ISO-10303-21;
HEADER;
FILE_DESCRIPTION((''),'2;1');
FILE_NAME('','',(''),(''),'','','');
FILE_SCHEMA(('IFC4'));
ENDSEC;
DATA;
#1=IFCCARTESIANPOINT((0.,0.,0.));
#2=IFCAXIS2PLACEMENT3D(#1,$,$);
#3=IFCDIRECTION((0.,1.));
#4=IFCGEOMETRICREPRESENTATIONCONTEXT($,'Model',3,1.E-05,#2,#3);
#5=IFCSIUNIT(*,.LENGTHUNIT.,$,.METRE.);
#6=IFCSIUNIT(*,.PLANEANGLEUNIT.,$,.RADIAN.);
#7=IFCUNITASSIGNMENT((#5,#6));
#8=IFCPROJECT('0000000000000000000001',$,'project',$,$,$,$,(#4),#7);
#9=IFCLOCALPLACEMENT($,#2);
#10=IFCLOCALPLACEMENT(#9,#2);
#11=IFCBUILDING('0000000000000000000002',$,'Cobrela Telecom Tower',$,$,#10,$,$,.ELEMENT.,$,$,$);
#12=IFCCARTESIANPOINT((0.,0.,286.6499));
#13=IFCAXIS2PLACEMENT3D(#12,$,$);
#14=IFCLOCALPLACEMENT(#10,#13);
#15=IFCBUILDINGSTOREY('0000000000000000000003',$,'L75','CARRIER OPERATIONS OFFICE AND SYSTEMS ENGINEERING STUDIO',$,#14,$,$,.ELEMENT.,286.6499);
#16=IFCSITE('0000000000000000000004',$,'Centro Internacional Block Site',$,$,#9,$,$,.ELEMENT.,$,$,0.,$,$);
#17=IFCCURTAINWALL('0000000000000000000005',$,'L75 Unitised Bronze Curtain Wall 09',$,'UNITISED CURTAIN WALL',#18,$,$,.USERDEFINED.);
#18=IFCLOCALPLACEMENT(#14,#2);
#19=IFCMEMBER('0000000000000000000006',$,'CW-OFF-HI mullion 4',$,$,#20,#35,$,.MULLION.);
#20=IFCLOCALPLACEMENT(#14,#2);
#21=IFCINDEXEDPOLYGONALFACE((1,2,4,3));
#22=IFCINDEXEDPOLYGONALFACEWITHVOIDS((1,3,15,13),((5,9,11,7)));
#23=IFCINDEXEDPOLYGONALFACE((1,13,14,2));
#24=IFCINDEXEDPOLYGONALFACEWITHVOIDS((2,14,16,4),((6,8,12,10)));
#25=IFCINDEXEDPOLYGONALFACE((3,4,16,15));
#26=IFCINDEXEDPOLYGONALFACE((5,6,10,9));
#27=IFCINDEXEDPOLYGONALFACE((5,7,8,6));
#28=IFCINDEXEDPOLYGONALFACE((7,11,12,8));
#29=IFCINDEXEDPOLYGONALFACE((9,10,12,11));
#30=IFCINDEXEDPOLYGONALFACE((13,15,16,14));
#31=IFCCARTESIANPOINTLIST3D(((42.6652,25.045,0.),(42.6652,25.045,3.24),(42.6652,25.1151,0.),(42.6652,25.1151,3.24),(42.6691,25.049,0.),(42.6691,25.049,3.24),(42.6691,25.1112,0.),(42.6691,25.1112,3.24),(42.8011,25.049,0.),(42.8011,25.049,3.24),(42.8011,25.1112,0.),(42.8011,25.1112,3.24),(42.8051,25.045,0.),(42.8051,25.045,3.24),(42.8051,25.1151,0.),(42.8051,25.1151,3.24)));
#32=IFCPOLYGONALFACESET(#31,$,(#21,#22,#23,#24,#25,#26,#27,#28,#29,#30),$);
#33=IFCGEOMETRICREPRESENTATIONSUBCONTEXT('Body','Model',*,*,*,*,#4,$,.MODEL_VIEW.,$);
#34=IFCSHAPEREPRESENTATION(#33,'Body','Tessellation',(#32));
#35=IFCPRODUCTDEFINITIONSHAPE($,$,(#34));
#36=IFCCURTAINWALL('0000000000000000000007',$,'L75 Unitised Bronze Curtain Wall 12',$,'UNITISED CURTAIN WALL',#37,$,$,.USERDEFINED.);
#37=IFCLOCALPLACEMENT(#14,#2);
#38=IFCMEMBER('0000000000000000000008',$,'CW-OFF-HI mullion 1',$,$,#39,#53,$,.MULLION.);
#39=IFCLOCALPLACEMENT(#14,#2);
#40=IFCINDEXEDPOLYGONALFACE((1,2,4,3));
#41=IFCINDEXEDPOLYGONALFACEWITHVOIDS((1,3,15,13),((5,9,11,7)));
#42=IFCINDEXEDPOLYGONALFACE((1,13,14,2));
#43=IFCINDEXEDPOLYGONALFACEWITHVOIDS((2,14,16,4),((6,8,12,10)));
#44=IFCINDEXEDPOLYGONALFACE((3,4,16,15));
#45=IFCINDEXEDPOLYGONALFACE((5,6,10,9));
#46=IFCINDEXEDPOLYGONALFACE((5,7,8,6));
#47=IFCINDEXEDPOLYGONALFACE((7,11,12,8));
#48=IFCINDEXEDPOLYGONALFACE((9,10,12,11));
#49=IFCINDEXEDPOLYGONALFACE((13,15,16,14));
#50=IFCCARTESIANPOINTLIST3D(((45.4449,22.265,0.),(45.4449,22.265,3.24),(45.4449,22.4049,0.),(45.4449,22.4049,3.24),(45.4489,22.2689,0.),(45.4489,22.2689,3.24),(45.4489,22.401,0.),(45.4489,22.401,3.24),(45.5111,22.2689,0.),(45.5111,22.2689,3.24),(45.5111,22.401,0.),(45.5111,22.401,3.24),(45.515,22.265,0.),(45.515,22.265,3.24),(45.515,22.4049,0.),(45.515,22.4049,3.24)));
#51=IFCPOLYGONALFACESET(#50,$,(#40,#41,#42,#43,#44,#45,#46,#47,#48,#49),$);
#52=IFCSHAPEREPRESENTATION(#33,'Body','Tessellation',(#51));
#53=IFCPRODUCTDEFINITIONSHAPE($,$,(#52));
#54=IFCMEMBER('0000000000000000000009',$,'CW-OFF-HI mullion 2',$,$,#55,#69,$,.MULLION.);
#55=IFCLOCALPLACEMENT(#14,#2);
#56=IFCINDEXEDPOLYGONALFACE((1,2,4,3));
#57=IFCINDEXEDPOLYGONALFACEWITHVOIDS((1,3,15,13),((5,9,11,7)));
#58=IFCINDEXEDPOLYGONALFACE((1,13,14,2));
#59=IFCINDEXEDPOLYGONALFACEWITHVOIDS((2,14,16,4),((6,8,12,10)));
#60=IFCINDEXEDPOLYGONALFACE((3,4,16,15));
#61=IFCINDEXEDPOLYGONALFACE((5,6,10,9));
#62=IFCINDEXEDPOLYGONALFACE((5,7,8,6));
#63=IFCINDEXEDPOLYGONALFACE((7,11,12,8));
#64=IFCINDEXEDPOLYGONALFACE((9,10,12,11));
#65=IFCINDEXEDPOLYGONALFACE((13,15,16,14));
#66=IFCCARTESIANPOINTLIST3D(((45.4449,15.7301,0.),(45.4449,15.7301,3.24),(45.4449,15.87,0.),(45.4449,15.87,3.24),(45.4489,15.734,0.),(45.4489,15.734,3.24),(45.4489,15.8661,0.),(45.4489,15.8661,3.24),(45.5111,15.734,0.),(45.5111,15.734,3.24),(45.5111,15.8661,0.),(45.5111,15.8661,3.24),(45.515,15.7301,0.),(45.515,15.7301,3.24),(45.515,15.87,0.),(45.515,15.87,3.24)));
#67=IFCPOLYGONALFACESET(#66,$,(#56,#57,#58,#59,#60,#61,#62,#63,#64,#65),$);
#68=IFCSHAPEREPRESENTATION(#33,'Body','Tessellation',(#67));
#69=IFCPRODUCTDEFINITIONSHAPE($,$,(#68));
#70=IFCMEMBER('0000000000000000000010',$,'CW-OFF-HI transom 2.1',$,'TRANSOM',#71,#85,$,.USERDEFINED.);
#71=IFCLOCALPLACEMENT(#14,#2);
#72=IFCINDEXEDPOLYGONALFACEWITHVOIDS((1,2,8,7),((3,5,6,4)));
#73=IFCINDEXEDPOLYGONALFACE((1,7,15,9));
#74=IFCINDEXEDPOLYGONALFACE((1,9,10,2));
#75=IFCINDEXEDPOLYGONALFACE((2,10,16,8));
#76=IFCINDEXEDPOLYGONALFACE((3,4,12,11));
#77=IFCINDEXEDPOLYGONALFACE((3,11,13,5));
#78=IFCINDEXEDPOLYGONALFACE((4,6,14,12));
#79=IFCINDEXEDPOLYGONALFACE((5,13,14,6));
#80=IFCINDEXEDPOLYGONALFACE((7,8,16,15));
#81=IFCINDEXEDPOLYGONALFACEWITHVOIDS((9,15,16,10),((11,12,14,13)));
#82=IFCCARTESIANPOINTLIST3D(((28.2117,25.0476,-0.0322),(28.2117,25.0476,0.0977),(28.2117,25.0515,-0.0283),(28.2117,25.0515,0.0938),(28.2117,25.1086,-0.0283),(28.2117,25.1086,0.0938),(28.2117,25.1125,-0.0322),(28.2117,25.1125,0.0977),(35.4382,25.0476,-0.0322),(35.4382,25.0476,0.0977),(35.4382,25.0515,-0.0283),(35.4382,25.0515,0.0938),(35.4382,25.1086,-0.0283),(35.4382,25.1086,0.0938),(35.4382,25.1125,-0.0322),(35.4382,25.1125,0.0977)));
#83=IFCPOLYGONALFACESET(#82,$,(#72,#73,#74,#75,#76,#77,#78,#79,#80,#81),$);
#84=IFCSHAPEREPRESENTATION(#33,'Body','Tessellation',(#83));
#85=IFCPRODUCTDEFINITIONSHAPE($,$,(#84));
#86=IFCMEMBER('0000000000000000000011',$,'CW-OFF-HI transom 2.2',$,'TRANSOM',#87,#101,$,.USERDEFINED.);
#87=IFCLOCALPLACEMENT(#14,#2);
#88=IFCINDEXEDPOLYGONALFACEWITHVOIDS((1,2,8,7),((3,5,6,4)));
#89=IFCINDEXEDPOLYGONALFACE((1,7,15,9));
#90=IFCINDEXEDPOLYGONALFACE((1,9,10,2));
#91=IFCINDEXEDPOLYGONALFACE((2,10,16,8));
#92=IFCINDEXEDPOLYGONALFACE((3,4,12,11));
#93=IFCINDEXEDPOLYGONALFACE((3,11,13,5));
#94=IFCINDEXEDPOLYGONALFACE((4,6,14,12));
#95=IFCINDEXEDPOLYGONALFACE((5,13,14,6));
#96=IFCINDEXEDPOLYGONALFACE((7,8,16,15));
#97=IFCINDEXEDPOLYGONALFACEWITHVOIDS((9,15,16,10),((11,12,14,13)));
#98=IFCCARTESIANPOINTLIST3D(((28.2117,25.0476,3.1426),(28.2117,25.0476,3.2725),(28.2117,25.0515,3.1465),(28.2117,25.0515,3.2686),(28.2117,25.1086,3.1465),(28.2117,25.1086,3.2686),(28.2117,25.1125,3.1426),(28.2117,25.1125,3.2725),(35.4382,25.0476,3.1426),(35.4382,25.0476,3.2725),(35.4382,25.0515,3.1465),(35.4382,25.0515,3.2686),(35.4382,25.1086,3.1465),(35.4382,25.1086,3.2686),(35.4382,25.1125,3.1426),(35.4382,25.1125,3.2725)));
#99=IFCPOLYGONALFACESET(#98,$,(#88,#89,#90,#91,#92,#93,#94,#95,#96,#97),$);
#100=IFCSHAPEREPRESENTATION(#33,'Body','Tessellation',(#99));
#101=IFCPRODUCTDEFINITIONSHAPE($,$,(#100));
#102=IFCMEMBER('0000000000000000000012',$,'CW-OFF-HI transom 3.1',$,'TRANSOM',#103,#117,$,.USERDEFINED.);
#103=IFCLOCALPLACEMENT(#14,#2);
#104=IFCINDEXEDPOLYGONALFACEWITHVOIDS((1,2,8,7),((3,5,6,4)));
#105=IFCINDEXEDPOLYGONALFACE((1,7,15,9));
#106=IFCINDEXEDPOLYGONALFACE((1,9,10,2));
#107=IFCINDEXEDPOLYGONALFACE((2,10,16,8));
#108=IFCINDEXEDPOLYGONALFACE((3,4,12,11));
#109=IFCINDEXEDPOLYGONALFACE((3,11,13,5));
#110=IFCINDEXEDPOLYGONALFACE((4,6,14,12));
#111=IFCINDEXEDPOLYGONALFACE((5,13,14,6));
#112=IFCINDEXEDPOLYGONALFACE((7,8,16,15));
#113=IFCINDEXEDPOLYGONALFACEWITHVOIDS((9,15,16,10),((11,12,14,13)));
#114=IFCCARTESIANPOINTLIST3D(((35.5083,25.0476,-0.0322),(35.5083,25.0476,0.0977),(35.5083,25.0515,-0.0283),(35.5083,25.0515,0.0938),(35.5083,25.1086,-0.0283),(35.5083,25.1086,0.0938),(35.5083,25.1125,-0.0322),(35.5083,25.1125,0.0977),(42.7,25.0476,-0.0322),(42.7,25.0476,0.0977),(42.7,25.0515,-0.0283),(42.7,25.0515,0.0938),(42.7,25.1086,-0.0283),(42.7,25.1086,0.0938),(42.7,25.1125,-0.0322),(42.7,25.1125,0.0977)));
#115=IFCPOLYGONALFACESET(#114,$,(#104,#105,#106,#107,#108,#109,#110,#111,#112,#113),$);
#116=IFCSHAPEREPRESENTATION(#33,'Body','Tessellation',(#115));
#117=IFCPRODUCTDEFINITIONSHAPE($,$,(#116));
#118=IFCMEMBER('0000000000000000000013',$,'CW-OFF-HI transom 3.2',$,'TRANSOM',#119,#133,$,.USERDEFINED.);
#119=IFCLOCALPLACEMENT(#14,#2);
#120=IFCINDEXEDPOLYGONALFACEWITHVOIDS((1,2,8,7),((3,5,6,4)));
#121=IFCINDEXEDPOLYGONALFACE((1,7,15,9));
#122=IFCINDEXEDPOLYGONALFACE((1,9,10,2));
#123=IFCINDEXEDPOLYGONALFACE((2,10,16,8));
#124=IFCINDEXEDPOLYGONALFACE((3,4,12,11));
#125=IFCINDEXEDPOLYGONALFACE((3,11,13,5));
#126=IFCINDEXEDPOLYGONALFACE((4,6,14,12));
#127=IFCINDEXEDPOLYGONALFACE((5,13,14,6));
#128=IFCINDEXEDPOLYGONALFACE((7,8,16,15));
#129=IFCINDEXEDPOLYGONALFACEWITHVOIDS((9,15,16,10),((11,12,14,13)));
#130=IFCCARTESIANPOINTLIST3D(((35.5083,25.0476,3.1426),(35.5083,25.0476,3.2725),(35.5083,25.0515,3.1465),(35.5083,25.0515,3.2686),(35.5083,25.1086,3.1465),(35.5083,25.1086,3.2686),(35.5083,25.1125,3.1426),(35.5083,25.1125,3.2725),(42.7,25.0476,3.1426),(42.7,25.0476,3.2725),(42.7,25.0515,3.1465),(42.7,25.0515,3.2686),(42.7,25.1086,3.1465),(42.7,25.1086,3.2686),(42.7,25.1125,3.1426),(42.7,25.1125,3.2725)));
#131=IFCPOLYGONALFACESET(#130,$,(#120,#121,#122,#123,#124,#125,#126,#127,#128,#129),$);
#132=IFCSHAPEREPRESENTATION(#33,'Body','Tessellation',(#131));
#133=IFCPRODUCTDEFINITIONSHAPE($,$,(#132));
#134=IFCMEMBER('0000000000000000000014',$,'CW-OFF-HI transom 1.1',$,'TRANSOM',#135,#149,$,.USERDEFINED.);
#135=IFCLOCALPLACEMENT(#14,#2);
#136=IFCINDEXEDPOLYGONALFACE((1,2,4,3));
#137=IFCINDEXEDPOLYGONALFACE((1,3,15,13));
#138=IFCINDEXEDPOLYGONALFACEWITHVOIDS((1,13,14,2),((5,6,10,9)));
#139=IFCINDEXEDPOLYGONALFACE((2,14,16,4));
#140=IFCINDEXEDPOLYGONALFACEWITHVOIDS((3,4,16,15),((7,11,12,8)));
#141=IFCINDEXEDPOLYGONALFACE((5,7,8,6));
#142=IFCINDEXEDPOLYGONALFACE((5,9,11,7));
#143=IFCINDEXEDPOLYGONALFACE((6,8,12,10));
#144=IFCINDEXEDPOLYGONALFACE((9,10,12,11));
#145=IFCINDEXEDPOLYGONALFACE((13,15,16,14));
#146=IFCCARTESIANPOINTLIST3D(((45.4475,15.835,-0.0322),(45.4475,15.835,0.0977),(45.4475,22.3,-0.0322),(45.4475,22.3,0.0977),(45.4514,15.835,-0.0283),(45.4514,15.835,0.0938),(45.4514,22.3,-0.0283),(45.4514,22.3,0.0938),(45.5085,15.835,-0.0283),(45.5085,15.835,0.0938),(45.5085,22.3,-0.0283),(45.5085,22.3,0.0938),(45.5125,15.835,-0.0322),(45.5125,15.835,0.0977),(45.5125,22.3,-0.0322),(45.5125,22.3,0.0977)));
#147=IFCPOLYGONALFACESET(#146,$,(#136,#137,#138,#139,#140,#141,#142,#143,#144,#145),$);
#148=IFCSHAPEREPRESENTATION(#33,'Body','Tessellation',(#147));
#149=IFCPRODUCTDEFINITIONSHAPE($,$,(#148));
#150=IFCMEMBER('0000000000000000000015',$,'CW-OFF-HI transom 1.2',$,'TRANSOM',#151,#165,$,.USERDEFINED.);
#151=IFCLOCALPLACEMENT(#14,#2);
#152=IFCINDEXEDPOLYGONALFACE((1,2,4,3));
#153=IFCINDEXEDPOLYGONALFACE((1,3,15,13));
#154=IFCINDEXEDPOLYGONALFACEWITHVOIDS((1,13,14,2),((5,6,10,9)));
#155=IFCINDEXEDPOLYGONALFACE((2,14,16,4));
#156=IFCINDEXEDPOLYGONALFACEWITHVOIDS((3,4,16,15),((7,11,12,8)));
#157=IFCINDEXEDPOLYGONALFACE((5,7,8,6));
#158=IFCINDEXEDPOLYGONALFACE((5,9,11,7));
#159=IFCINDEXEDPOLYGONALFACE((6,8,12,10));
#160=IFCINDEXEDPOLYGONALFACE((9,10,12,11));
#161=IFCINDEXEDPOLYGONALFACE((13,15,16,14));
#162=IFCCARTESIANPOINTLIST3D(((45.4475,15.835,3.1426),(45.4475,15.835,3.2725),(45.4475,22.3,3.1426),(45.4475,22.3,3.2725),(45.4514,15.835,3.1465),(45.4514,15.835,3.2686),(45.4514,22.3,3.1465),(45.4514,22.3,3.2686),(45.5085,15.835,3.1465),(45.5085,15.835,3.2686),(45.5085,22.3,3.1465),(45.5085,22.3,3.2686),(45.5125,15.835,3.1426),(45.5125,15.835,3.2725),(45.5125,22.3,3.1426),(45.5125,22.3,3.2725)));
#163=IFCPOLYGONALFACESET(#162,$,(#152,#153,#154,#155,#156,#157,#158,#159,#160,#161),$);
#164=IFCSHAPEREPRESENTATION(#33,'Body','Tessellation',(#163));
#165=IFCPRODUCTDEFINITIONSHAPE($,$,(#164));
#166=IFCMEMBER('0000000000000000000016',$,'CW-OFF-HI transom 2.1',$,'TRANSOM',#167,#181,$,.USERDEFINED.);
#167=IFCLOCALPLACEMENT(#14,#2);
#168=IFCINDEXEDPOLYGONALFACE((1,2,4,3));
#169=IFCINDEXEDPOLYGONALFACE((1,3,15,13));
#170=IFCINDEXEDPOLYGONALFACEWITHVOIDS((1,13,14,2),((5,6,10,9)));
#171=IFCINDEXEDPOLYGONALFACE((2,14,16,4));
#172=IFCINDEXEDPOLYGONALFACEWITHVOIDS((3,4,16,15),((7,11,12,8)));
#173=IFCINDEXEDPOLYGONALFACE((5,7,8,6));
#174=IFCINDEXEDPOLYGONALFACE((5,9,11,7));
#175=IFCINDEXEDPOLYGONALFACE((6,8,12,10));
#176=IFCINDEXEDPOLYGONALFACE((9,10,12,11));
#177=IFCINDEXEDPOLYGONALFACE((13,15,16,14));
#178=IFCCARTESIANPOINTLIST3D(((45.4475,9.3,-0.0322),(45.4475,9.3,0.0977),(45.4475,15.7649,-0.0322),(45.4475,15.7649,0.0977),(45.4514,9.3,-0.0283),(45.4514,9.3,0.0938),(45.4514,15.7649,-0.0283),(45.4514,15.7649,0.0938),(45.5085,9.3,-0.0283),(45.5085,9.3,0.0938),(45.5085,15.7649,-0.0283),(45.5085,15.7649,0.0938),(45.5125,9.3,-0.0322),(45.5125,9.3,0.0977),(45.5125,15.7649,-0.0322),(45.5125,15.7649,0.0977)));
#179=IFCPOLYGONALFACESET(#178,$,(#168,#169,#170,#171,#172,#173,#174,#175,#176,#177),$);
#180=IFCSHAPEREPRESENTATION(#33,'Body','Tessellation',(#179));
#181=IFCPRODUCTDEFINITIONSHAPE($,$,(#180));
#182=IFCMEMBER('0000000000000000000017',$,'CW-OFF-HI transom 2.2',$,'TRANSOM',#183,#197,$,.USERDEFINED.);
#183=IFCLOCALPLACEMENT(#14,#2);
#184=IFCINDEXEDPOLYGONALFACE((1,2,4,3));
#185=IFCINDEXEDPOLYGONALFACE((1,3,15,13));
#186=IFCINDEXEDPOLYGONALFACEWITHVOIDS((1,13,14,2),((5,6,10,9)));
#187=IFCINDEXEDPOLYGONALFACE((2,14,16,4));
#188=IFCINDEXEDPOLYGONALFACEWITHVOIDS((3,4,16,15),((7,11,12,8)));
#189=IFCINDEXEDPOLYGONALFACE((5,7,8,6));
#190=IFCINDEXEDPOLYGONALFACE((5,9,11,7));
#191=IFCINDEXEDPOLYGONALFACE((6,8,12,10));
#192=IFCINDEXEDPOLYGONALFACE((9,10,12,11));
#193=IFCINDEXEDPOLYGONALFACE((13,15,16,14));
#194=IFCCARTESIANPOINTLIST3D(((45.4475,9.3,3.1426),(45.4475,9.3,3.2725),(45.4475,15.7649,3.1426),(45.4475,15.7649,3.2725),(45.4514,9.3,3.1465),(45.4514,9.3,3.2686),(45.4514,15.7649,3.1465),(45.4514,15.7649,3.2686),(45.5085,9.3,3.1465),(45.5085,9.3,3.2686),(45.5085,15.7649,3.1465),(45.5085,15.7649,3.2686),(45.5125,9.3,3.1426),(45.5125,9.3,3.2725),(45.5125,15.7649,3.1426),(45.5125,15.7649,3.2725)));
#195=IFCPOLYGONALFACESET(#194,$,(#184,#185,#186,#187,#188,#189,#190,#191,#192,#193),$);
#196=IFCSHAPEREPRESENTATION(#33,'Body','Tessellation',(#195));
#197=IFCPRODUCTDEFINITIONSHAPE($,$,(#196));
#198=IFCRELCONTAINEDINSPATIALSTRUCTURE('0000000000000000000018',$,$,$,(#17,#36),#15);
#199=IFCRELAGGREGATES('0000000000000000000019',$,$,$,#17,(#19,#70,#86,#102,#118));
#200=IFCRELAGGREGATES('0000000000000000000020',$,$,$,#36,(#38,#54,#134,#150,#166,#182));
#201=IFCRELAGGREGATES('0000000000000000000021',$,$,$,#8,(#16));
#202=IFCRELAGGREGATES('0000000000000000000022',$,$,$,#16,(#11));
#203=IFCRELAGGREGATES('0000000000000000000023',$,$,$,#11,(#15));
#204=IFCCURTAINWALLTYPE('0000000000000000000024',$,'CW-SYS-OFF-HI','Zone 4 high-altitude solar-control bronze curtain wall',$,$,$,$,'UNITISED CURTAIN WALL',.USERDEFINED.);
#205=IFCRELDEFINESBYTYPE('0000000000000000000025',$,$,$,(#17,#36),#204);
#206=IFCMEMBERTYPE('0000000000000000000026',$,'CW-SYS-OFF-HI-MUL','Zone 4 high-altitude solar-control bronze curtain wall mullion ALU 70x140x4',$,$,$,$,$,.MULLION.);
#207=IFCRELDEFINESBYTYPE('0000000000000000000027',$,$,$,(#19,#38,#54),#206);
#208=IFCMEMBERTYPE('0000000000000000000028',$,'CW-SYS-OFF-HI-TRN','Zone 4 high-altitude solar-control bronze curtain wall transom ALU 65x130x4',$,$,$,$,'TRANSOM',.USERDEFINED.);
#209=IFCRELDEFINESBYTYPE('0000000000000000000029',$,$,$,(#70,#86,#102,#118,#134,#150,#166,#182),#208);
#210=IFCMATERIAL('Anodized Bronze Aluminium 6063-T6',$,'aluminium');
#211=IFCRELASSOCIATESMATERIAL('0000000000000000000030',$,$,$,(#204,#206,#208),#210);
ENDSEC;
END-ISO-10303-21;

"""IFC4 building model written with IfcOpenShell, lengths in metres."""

from ifc_helpers import new_model, si_unit, direction, frame, origin, origin_2d, place, context, subcontext, project, spatial, hollow_rectangle, extrude, material, material_profile, profile_set, type_object, element, aggregate, save


model = new_model("IFC4")

# Units and contexts
model_context = context("Model", 3, precision=1e-05, world=origin(), true_north=direction((0.0, 1.0)))
body_context = subcontext(model_context, "Body", "Model", "MODEL_VIEW")
ifc_project = project(units=[si_unit("LENGTHUNIT", "METRE"), si_unit("PLANEANGLEUNIT", "RADIAN")], contexts=[model_context])

# Site, building, storey
site_placement = place(None, origin())
site = spatial("IfcSite", under=ifc_project, at=site_placement, Name="Centro Internacional Block Site", CompositionType="ELEMENT", RefElevation=0.0)
building_placement = place(site_placement, origin())
building = spatial("IfcBuilding", under=site, at=building_placement, Name="Cobrela Telecom Tower", CompositionType="ELEMENT")
storey_placement = place(building_placement, frame((0.0, 0.0, 286.6499)))
storey = spatial("IfcBuildingStorey", under=building, at=storey_placement, Name="L75", Description="CARRIER OPERATIONS OFFICE AND SYSTEMS ENGINEERING STUDIO", CompositionType="ELEMENT", Elevation=286.6499)

# Curtain walls, members
ifc_material_1 = material(Name="Anodized Bronze Aluminium 6063-T6", Category="aluminium")
curtain_wall_type = type_object("IfcCurtainWallType", Name="CW-SYS-OFF-HI", Description="Zone 4 high-altitude solar-control bronze curtain wall", ElementType="UNITISED CURTAIN WALL", PredefinedType="USERDEFINED", material=ifc_material_1)
curtain_wall_1_placement = place(storey_placement, origin())
curtain_wall_1 = element("IfcCurtainWall", 1, at=curtain_wall_1_placement, inside=storey, type_object=curtain_wall_type, Name="L75 Unitised Bronze Curtain Wall 09", ObjectType="UNITISED CURTAIN WALL", PredefinedType="USERDEFINED")
ifc_material_profile_1 = material_profile(ifc_material_1, hollow_rectangle(XDim=0.0701, YDim=0.1399, WallThickness=0.0039, at=origin_2d()), Name="ALU 70x140x4")
ifc_profile_set_1 = profile_set([ifc_material_profile_1], Name="Anodized Bronze Aluminium 6063-T6")
member_type_1 = type_object("IfcMemberType", Name="CW-SYS-OFF-HI-MUL", Description="Zone 4 high-altitude solar-control bronze curtain wall mullion ALU 70x140x4", PredefinedType="MULLION", material=ifc_profile_set_1)
member_1_placement = place(storey_placement, frame((42.7351, 25.0801, 0.0), z_axis=(0.0, 0.0, 1.0), x_axis=(0.0, 1.0, 0.0)))
member_1 = element("IfcMember", 2, at=member_1_placement, type_object=member_type_1, Name="CW-OFF-HI mullion 4", PredefinedType="MULLION", context=body_context, shape_type="SweptSolid", body=[
    extrude(hollow_rectangle(XDim=0.0701, YDim=0.1399, WallThickness=0.0039, at=origin_2d()), origin(), (0.0, 0.0, 1.0), 3.24),
])
curtain_wall_2_placement = place(storey_placement, origin())
curtain_wall_2 = element("IfcCurtainWall", 3, at=curtain_wall_2_placement, inside=storey, type_object=curtain_wall_type, Name="L75 Unitised Bronze Curtain Wall 12", ObjectType="UNITISED CURTAIN WALL", PredefinedType="USERDEFINED")
member_2_placement = place(storey_placement, frame((45.48, 22.335, 0.0), z_axis=(0.0, 0.0, 1.0), x_axis=(1.0, 0.0, 0.0)))
member_2 = element("IfcMember", 4, at=member_2_placement, type_object=member_type_1, Name="CW-OFF-HI mullion 1", PredefinedType="MULLION", context=body_context, shape_type="SweptSolid", body=[
    extrude(hollow_rectangle(XDim=0.0701, YDim=0.1399, WallThickness=0.0039, at=origin_2d()), origin(), (0.0, 0.0, 1.0), 3.24),
])
member_3_placement = place(storey_placement, frame((45.48, 15.8, 0.0), z_axis=(0.0, 0.0, 1.0), x_axis=(1.0, 0.0, 0.0)))
member_3 = element("IfcMember", 5, at=member_3_placement, type_object=member_type_1, Name="CW-OFF-HI mullion 2", PredefinedType="MULLION", context=body_context, shape_type="SweptSolid", body=[
    extrude(hollow_rectangle(XDim=0.0701, YDim=0.1399, WallThickness=0.0039, at=origin_2d()), origin(), (0.0, 0.0, 1.0), 3.24),
])

# Members
ifc_material_profile_2 = material_profile(ifc_material_1, hollow_rectangle(XDim=0.0649, YDim=0.1299, WallThickness=0.0039, at=origin_2d()), Name="ALU 65x130x4")
ifc_profile_set_2 = profile_set([ifc_material_profile_2], Name="Anodized Bronze Aluminium 6063-T6")
member_type_2 = type_object("IfcMemberType", Name="CW-SYS-OFF-HI-TRN", Description="Zone 4 high-altitude solar-control bronze curtain wall transom ALU 65x130x4", ElementType="TRANSOM", PredefinedType="USERDEFINED", material=ifc_profile_set_2)
member_4_placement = place(storey_placement, frame((28.2117, 25.0801, 0.0327), z_axis=(1.0, 0.0, 0.0), x_axis=(0.0, 1.0, 0.0)))
member_4 = element("IfcMember", 6, at=member_4_placement, type_object=member_type_2, Name="CW-OFF-HI transom 2.1", ObjectType="TRANSOM", PredefinedType="USERDEFINED", context=body_context, shape_type="SweptSolid", body=[
    extrude(hollow_rectangle(XDim=0.0649, YDim=0.1299, WallThickness=0.0039, at=origin_2d()), origin(), (0.0, 0.0, 1.0), 7.2266),
])
member_5_placement = place(storey_placement, frame((28.2117, 25.0801, 3.2075), z_axis=(1.0, 0.0, 0.0), x_axis=(0.0, 1.0, 0.0)))
member_5 = element("IfcMember", 7, at=member_5_placement, type_object=member_type_2, Name="CW-OFF-HI transom 2.2", ObjectType="TRANSOM", PredefinedType="USERDEFINED", context=body_context, shape_type="SweptSolid", body=[
    extrude(hollow_rectangle(XDim=0.0649, YDim=0.1299, WallThickness=0.0039, at=origin_2d()), origin(), (0.0, 0.0, 1.0), 7.2266),
])
member_6_placement = place(storey_placement, frame((35.5083, 25.0801, 0.0327), z_axis=(1.0, 0.0, 0.0), x_axis=(0.0, 1.0, 0.0)))
member_6 = element("IfcMember", 8, at=member_6_placement, type_object=member_type_2, Name="CW-OFF-HI transom 3.1", ObjectType="TRANSOM", PredefinedType="USERDEFINED", context=body_context, shape_type="SweptSolid", body=[
    extrude(hollow_rectangle(XDim=0.0649, YDim=0.1299, WallThickness=0.0039, at=origin_2d()), origin(), (0.0, 0.0, 1.0), 7.1917),
])
member_7_placement = place(storey_placement, frame((35.5083, 25.0801, 3.2075), z_axis=(1.0, 0.0, 0.0), x_axis=(0.0, 1.0, 0.0)))
member_7 = element("IfcMember", 9, at=member_7_placement, type_object=member_type_2, Name="CW-OFF-HI transom 3.2", ObjectType="TRANSOM", PredefinedType="USERDEFINED", context=body_context, shape_type="SweptSolid", body=[
    extrude(hollow_rectangle(XDim=0.0649, YDim=0.1299, WallThickness=0.0039, at=origin_2d()), origin(), (0.0, 0.0, 1.0), 7.1917),
])
member_8_placement = place(storey_placement, frame((45.48, 22.3, 0.0327), z_axis=(0.0, -1.0, 0.0), x_axis=(1.0, 0.0, 0.0)))
member_8 = element("IfcMember", 10, at=member_8_placement, type_object=member_type_2, Name="CW-OFF-HI transom 1.1", ObjectType="TRANSOM", PredefinedType="USERDEFINED", context=body_context, shape_type="SweptSolid", body=[
    extrude(hollow_rectangle(XDim=0.0649, YDim=0.1299, WallThickness=0.0039, at=origin_2d()), origin(), (0.0, 0.0, 1.0), 6.4651),
])
member_9_placement = place(storey_placement, frame((45.48, 22.3, 3.2075), z_axis=(0.0, -1.0, 0.0), x_axis=(1.0, 0.0, 0.0)))
member_9 = element("IfcMember", 11, at=member_9_placement, type_object=member_type_2, Name="CW-OFF-HI transom 1.2", ObjectType="TRANSOM", PredefinedType="USERDEFINED", context=body_context, shape_type="SweptSolid", body=[
    extrude(hollow_rectangle(XDim=0.0649, YDim=0.1299, WallThickness=0.0039, at=origin_2d()), origin(), (0.0, 0.0, 1.0), 6.4651),
])
member_10_placement = place(storey_placement, frame((45.48, 15.7649, 0.0327), z_axis=(0.0, -1.0, 0.0), x_axis=(1.0, 0.0, 0.0)))
member_10 = element("IfcMember", 12, at=member_10_placement, type_object=member_type_2, Name="CW-OFF-HI transom 2.1", ObjectType="TRANSOM", PredefinedType="USERDEFINED", context=body_context, shape_type="SweptSolid", body=[
    extrude(hollow_rectangle(XDim=0.0649, YDim=0.1299, WallThickness=0.0039, at=origin_2d()), origin(), (0.0, 0.0, 1.0), 6.4648),
])
member_11_placement = place(storey_placement, frame((45.48, 15.7649, 3.2075), z_axis=(0.0, -1.0, 0.0), x_axis=(1.0, 0.0, 0.0)))
member_11 = element("IfcMember", 13, at=member_11_placement, type_object=member_type_2, Name="CW-OFF-HI transom 2.2", ObjectType="TRANSOM", PredefinedType="USERDEFINED", context=body_context, shape_type="SweptSolid", body=[
    extrude(hollow_rectangle(XDim=0.0649, YDim=0.1299, WallThickness=0.0039, at=origin_2d()), origin(), (0.0, 0.0, 1.0), 6.4648),
])

aggregate(curtain_wall_1, [member_1, member_4, member_5, member_6, member_7])
aggregate(curtain_wall_2, [member_2, member_3, member_8, member_9, member_10, member_11])

save(model, "model.ifc")
